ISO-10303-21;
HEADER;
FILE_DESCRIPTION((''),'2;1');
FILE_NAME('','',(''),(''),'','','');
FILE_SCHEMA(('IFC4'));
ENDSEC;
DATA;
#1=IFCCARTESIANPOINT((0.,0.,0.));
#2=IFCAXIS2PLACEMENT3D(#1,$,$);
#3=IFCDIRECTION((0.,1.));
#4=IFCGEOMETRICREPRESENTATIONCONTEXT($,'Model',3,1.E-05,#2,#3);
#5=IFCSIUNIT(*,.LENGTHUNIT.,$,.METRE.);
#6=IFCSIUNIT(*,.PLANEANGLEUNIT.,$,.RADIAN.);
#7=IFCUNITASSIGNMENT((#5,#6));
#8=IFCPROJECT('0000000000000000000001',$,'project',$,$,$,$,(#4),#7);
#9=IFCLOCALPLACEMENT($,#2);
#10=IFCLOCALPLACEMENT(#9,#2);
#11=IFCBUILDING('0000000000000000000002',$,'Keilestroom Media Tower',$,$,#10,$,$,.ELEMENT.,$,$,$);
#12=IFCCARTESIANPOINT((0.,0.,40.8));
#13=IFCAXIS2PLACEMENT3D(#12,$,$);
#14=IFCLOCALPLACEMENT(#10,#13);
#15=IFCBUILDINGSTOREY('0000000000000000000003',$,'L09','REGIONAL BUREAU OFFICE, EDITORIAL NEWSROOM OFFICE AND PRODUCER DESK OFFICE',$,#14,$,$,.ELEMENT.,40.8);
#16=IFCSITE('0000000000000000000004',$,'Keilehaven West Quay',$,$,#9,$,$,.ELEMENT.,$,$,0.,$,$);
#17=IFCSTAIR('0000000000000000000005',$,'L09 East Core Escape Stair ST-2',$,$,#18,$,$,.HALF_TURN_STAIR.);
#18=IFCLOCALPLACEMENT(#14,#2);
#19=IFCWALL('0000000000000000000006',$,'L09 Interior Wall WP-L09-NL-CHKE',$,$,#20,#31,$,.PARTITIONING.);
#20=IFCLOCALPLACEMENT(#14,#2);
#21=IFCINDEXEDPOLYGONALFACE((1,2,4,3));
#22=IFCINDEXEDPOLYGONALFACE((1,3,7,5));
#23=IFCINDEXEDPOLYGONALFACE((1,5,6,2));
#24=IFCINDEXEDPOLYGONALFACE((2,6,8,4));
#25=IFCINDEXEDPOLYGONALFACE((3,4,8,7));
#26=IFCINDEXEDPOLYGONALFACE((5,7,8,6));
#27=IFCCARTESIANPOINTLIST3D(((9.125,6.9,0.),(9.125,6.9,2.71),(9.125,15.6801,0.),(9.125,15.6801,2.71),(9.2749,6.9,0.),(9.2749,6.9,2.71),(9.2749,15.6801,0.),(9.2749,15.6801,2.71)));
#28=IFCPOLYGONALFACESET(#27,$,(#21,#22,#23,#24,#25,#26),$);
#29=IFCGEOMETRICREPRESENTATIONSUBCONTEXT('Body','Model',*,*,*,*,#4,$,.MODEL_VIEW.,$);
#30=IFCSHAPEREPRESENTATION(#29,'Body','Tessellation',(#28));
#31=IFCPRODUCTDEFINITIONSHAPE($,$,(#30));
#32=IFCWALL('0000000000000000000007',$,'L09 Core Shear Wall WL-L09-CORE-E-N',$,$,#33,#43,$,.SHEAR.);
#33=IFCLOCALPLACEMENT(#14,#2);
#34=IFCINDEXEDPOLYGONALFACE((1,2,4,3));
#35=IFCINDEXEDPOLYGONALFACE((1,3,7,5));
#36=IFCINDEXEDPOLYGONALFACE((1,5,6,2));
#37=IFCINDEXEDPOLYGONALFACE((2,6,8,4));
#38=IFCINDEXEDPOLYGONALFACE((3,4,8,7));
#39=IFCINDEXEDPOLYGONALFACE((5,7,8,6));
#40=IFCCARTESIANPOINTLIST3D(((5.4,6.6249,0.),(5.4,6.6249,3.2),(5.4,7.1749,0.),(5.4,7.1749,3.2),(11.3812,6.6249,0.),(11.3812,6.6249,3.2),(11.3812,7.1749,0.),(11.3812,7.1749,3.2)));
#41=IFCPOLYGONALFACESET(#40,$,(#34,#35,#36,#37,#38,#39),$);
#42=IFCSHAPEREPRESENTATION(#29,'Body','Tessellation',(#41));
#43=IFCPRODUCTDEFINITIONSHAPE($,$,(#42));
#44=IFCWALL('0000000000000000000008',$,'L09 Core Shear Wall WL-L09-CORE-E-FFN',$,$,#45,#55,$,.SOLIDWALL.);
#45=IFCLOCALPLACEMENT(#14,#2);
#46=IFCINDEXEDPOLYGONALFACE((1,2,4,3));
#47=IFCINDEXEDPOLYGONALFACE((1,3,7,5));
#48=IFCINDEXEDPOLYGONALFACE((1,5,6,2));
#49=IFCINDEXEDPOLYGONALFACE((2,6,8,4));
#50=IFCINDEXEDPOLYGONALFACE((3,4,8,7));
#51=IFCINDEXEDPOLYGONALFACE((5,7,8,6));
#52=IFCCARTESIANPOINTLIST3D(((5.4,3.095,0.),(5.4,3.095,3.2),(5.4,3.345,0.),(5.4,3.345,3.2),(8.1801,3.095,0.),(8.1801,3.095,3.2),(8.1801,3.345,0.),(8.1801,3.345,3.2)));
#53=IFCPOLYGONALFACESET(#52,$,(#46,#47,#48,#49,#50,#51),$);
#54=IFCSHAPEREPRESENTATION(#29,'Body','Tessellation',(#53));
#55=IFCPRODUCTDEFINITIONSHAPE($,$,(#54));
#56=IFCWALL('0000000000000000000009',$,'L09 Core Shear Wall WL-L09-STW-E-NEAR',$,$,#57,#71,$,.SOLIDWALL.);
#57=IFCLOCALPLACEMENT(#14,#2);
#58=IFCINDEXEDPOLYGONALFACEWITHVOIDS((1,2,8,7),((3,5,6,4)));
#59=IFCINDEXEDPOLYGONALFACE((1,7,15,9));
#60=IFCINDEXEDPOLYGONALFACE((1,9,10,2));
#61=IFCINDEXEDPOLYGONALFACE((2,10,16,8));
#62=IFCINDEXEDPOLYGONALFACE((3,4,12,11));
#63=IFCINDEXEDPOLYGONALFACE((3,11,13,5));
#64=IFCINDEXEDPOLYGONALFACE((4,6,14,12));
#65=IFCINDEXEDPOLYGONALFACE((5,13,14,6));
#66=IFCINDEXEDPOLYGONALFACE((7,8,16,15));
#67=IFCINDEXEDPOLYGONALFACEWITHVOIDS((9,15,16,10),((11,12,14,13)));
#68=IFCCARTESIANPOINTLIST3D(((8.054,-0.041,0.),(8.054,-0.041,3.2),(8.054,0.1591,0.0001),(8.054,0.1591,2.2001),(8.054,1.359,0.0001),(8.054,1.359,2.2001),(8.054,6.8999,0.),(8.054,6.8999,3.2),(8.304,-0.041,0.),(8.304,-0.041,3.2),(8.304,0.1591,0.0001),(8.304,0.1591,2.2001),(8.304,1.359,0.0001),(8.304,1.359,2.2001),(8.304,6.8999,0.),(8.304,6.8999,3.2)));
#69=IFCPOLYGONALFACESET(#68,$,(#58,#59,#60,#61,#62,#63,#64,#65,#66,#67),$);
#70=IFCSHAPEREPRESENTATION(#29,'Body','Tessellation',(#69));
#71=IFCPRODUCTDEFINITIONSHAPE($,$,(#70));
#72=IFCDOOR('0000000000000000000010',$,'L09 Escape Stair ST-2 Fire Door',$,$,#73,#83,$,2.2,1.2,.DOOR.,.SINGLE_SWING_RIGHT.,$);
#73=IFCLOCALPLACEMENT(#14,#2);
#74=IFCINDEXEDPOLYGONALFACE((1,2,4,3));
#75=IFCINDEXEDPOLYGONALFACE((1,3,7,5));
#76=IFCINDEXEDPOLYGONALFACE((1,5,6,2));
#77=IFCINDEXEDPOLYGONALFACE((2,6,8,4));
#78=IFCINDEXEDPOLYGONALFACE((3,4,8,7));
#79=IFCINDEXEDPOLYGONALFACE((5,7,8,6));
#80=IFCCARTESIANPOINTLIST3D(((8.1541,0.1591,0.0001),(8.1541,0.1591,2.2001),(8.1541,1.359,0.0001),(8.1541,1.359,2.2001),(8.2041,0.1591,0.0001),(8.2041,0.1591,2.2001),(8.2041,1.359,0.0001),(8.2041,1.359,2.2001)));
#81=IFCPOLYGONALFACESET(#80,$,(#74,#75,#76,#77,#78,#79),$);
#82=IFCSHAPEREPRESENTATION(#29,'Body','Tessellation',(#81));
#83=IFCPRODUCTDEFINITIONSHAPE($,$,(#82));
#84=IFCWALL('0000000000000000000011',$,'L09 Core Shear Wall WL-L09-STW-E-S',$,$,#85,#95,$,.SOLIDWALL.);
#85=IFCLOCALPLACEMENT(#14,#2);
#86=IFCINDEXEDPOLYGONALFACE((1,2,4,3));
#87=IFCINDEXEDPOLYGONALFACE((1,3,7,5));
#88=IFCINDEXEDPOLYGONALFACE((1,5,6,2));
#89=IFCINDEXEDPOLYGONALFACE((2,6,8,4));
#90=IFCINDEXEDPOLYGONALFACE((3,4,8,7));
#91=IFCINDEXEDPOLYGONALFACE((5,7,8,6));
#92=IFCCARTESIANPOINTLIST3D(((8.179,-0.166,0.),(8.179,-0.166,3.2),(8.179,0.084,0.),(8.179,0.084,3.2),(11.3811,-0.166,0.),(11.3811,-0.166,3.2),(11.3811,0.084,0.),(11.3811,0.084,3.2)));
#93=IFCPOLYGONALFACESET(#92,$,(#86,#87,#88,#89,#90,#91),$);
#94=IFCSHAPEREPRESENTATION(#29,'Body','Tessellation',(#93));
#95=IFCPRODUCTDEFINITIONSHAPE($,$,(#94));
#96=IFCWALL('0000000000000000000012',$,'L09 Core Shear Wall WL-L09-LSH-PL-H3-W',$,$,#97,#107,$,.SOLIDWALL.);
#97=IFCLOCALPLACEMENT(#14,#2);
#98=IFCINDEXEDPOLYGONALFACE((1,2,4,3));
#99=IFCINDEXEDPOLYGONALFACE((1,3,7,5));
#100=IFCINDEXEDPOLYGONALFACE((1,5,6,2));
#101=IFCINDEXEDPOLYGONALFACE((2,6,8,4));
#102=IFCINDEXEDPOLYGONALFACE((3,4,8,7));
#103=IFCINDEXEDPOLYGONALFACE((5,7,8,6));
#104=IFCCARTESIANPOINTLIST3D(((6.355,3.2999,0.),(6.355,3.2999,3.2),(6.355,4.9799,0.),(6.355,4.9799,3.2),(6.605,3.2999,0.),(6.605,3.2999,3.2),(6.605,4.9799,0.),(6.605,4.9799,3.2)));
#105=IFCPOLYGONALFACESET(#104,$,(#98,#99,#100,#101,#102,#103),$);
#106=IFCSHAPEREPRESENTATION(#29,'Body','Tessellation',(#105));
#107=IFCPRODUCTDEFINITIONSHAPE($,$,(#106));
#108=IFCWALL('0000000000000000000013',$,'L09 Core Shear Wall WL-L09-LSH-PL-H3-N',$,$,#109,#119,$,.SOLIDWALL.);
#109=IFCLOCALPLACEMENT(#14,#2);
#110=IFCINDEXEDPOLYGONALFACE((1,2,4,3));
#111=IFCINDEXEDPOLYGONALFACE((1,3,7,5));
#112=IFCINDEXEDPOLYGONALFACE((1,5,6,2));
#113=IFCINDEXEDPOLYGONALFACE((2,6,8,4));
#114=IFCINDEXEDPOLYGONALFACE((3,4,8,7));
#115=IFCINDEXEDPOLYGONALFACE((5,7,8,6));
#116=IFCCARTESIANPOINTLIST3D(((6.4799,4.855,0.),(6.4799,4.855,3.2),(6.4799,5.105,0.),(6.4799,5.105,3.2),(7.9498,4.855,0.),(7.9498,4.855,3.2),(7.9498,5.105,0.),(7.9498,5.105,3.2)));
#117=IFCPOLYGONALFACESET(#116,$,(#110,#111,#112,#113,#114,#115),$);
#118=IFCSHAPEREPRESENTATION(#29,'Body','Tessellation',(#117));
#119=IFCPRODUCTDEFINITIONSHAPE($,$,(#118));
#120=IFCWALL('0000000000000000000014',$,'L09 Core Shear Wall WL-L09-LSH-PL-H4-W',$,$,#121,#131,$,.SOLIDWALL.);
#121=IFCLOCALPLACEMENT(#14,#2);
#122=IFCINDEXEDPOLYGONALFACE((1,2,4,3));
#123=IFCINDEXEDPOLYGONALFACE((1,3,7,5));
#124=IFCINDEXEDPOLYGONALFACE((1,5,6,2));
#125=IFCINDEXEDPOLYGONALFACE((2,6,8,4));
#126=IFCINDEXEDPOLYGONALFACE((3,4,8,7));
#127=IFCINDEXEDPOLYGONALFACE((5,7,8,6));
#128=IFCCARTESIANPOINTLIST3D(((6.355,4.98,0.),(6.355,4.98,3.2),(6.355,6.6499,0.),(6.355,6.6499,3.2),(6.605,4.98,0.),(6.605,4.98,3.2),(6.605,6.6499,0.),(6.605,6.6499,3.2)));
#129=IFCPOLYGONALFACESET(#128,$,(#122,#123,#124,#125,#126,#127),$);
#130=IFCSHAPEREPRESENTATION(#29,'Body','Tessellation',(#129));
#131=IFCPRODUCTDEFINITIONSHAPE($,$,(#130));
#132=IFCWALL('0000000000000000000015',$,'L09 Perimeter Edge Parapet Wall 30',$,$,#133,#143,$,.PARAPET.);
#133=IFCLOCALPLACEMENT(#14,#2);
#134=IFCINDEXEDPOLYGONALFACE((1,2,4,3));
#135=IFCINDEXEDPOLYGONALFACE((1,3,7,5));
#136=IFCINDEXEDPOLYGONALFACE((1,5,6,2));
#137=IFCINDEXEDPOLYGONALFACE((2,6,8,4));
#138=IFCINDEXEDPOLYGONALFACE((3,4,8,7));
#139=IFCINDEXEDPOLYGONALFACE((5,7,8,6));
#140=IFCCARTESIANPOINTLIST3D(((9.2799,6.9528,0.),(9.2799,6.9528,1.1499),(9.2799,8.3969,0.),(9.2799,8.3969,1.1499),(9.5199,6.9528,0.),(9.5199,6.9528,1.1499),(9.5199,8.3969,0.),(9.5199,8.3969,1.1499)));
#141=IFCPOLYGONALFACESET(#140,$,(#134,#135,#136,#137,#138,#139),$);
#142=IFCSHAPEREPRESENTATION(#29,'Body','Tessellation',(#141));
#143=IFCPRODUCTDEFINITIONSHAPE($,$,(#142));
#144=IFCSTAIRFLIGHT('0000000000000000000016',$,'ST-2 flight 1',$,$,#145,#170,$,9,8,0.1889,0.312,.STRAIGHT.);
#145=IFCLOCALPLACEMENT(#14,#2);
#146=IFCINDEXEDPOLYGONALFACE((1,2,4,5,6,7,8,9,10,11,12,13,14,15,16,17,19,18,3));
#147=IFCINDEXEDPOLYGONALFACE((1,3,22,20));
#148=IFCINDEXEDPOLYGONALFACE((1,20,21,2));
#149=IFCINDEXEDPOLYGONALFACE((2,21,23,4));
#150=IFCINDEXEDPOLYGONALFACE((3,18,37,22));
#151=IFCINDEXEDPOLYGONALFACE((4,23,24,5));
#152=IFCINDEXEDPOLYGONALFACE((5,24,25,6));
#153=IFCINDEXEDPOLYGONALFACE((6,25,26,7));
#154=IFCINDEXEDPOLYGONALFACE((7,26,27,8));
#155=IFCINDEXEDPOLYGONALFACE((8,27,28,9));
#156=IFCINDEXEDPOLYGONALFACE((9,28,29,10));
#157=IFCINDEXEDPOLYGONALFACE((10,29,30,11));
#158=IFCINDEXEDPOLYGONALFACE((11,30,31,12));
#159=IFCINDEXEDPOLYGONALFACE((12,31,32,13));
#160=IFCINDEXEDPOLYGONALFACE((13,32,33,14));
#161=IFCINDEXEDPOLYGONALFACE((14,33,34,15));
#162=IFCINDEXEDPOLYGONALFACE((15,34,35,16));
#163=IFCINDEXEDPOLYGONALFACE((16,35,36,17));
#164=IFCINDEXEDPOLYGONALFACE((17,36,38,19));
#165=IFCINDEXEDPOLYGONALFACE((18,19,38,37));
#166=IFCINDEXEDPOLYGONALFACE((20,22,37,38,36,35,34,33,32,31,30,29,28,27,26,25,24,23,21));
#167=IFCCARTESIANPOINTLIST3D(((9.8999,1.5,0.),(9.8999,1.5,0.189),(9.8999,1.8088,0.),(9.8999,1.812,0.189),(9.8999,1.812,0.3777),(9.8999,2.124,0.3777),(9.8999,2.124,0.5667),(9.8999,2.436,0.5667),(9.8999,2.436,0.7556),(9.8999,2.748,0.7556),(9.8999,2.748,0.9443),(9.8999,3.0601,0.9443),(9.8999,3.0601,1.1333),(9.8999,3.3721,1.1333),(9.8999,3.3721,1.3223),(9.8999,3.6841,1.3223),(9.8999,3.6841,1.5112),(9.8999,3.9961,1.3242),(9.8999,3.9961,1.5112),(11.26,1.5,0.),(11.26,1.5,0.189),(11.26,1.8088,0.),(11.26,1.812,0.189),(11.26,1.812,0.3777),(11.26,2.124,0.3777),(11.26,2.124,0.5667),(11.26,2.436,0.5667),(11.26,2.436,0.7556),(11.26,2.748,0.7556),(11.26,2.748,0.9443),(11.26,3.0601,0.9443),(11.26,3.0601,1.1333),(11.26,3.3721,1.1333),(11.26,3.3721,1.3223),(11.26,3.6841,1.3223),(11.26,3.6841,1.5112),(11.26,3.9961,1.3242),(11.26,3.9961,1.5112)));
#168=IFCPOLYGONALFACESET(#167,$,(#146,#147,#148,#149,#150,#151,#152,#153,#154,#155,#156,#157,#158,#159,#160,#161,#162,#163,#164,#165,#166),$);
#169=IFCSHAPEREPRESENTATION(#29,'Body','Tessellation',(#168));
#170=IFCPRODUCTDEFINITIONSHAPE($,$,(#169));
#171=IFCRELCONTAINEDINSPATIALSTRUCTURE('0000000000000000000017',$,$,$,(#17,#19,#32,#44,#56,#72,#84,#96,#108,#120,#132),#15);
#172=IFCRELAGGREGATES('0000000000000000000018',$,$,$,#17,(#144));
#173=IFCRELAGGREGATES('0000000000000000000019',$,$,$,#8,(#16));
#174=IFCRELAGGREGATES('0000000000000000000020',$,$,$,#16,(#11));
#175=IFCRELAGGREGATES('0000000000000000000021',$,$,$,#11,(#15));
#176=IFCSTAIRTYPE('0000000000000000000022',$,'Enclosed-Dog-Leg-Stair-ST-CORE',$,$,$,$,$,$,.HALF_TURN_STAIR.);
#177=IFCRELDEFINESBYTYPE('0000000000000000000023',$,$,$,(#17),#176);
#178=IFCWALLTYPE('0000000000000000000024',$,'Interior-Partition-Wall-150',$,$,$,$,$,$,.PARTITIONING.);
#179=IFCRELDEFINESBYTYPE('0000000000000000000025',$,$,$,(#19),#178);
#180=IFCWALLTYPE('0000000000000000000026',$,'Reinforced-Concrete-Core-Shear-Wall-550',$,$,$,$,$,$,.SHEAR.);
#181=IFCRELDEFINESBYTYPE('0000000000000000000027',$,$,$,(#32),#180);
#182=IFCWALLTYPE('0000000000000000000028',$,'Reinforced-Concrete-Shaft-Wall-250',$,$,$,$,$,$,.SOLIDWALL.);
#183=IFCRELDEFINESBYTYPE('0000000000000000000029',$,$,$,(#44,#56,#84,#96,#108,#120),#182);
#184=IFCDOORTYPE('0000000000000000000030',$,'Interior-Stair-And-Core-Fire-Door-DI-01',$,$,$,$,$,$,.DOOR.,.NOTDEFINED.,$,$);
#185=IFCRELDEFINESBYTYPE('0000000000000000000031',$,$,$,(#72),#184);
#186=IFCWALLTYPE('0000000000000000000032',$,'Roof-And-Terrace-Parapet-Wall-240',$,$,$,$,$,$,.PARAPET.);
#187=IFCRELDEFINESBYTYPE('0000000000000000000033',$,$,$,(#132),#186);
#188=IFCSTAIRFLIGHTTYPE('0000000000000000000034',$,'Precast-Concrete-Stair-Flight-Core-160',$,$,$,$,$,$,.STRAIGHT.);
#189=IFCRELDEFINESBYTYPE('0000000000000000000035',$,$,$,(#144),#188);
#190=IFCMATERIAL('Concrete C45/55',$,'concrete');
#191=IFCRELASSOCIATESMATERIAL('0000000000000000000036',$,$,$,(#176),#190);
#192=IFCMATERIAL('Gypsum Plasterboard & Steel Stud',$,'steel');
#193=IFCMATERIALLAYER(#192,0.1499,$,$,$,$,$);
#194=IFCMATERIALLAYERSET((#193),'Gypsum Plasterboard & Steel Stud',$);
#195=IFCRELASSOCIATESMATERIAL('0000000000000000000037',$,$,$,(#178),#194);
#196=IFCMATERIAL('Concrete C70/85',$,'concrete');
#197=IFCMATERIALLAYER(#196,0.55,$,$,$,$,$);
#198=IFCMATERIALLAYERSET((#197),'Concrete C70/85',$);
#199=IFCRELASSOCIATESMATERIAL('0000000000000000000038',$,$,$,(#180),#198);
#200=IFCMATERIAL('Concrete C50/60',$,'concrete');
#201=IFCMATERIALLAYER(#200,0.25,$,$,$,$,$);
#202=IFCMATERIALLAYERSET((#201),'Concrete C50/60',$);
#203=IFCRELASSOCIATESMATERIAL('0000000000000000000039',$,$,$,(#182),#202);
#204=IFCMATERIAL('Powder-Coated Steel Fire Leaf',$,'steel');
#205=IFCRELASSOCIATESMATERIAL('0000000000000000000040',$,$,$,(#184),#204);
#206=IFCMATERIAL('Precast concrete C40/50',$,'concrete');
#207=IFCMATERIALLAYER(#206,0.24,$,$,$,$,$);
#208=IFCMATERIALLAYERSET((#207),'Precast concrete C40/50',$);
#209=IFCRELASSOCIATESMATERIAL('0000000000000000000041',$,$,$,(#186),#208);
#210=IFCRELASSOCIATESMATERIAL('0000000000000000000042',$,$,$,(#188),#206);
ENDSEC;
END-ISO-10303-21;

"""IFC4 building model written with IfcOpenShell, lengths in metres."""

from ifc_helpers import new_model, si_unit, direction, frame, frame_2d, origin, place, context, subcontext, project, spatial, polyline, rectangle, outline, extrude, source, transform, mapped, material, layer, layer_set, type_object, element, fill, aggregate, save


model = new_model("IFC4")

# Units and contexts
model_context = context("Model", 3, precision=1e-05, world=origin(), true_north=direction((0.0, 1.0)))
body_context = subcontext(model_context, "Body", "Model", "MODEL_VIEW")
ifc_project = project(units=[si_unit("LENGTHUNIT", "METRE"), si_unit("PLANEANGLEUNIT", "RADIAN")], contexts=[model_context])

# Site, building, storey
site_placement = place(None, origin())
site = spatial("IfcSite", under=ifc_project, at=site_placement, Name="Keilehaven West Quay", CompositionType="ELEMENT", RefElevation=0.0)
building_placement = place(site_placement, origin())
building = spatial("IfcBuilding", under=site, at=building_placement, Name="Keilestroom Media Tower", CompositionType="ELEMENT")
storey_placement = place(building_placement, frame((0.0, 0.0, 40.8)))
storey = spatial("IfcBuildingStorey", under=building, at=storey_placement, Name="L09", Description="REGIONAL BUREAU OFFICE, EDITORIAL NEWSROOM OFFICE AND PRODUCER DESK OFFICE", CompositionType="ELEMENT", Elevation=40.8)

# Shared definitions
ifc_material_1 = material(Name="Concrete C70/85", Category="concrete")

# Shared definitions
ifc_material_2 = material(Name="Concrete C45/55", Category="concrete")

# Stair
stair_type = type_object("IfcStairType", Name="Enclosed-Dog-Leg-Stair-ST-CORE", PredefinedType="HALF_TURN_STAIR", material=ifc_material_2)
stair_1_placement = place(storey_placement, origin())
stair_1 = element("IfcStair", 1, at=stair_1_placement, inside=storey, type_object=stair_type, Name="L09 East Core Escape Stair ST-2", PredefinedType="HALF_TURN_STAIR")

# Walls
ifc_material_3 = material(Name="Gypsum Plasterboard & Steel Stud", Category="steel")
ifc_layer_1 = layer(ifc_material_3, 0.1499)
ifc_layer_set_1 = layer_set([ifc_layer_1], Name="Gypsum Plasterboard & Steel Stud")
wall_type_1 = type_object("IfcWallType", Name="Interior-Partition-Wall-150", PredefinedType="PARTITIONING", material=ifc_layer_set_1)
wall_1_placement = place(storey_placement, frame((9.2, 6.8999, 0.0), z_axis=(0.0, 0.0, 1.0), x_axis=(0.0, 1.0, 0.0)))
element("IfcWall", 2, at=wall_1_placement, inside=storey, type_object=wall_type_1, Name="L09 Interior Wall WP-L09-NL-CHKE", PredefinedType="PARTITIONING", context=body_context, shape_type="SweptSolid", body=[
    extrude(rectangle(XDim=8.78, YDim=0.1499, at=frame_2d((4.3901, 0.0))), origin(), (0.0, 0.0, 1.0), 2.71),
])
ifc_layer_2 = layer(ifc_material_1, 0.55)
ifc_layer_set_2 = layer_set([ifc_layer_2], Name="Concrete C70/85")
wall_type_2 = type_object("IfcWallType", Name="Reinforced-Concrete-Core-Shear-Wall-550", PredefinedType="SHEAR", material=ifc_layer_set_2)
wall_2_placement = place(storey_placement, frame((5.3999, 6.8999, 0.0), z_axis=(0.0, 0.0, 1.0), x_axis=(1.0, 0.0, 0.0)))
element("IfcWall", 3, at=wall_2_placement, inside=storey, type_object=wall_type_2, Name="L09 Core Shear Wall WL-L09-CORE-E-N", PredefinedType="SHEAR", context=body_context, shape_type="SweptSolid", body=[
    extrude(rectangle(XDim=5.9812, YDim=0.55, at=frame_2d((2.9907, 0.0))), origin(), (0.0, 0.0, 1.0), 3.2),
])
ifc_material_4 = material(Name="Concrete C50/60", Category="concrete")
ifc_layer_3 = layer(ifc_material_4, 0.25)
ifc_layer_set_3 = layer_set([ifc_layer_3], Name="Concrete C50/60")
wall_type_3 = type_object("IfcWallType", Name="Reinforced-Concrete-Shaft-Wall-250", PredefinedType="SOLIDWALL", material=ifc_layer_set_3)
wall_3_placement = place(storey_placement, frame((5.3999, 3.22, 0.0), z_axis=(0.0, 0.0, 1.0), x_axis=(1.0, 0.0, 0.0)))
element("IfcWall", 4, at=wall_3_placement, inside=storey, type_object=wall_type_3, Name="L09 Core Shear Wall WL-L09-CORE-E-FFN", PredefinedType="SOLIDWALL", context=body_context, shape_type="SweptSolid", body=[
    extrude(rectangle(XDim=2.78, YDim=0.25, at=frame_2d((1.3901, 0.0))), origin(), (0.0, 0.0, 1.0), 3.2),
])

# Wall, opening, door
wall_4_placement = place(storey_placement, frame((8.179, -0.041, 0.0), z_axis=(0.0, 0.0, 1.0), x_axis=(0.0, 1.0, 0.0)))
wall_4 = element("IfcWall", 5, at=wall_4_placement, inside=storey, type_object=wall_type_3, Name="L09 Core Shear Wall WL-L09-STW-E-NEAR", PredefinedType="SOLIDWALL", context=body_context, shape_type="SweptSolid", body=[
    extrude(rectangle(XDim=6.9409, YDim=0.25, at=frame_2d((3.4705, 0.0))), origin(), (0.0, 0.0, 1.0), 3.2),
])
opening_placement = place(wall_4_placement, frame((0.2, 0.0, 0.0)))
opening = element("IfcOpeningElement", 6, at=opening_placement, cuts=wall_4, PredefinedType="OPENING", context=body_context, shape_type="SweptSolid", body=[
    extrude(rectangle(XDim=1.2, YDim=2.2, at=frame_2d((0.6001, 1.1001))), frame((0.0, 0.135, 0.0), z_axis=(0.0, -1.0, 0.0), x_axis=(1.0, 0.0, 0.0)), (0.0, 0.0, 1.0), 0.27),
])
ifc_material_5 = material(Name="Powder-Coated Steel Fire Leaf", Category="steel")
door_type = type_object("IfcDoorType", Name="Interior-Stair-And-Core-Fire-Door-DI-01", OperationType="NOTDEFINED", PredefinedType="DOOR", material=ifc_material_5)
shared_shape_1 = source(origin(), body_context, "Body", "SweptSolid", [
    extrude(rectangle(XDim=1.2, YDim=2.2, at=frame_2d((0.6001, 1.1001))), frame((0.0, 0.0249, 0.0), z_axis=(0.0, -1.0, 0.0), x_axis=(1.0, 0.0, 0.0)), (0.0, 0.0, 1.0), 0.05),
])
door_placement = place(opening_placement, origin())
door = element("IfcDoor", 7, at=door_placement, inside=storey, type_object=door_type, Name="L09 Escape Stair ST-2 Fire Door", OperationType="SINGLE_SWING_RIGHT", OverallHeight=2.2, OverallWidth=1.2, PredefinedType="DOOR", context=body_context, shape_type="MappedRepresentation", body=[
    mapped(shared_shape_1, transform((0.0, 0.0, 0.0), x_axis=(1.0, 0.0, 0.0), y_axis=(0.0, 1.0, 0.0), z_axis=(0.0, 0.0, 1.0), scale=1.0)),
])
fill(opening, door)

# Walls
wall_5_placement = place(storey_placement, frame((8.179, -0.041, 0.0), z_axis=(0.0, 0.0, 1.0), x_axis=(1.0, 0.0, 0.0)))
element("IfcWall", 8, at=wall_5_placement, inside=storey, type_object=wall_type_3, Name="L09 Core Shear Wall WL-L09-STW-E-S", PredefinedType="SOLIDWALL", context=body_context, shape_type="SweptSolid", body=[
    extrude(rectangle(XDim=3.2021, YDim=0.25, at=frame_2d((1.6011, 0.0))), origin(), (0.0, 0.0, 1.0), 3.2),
])
wall_6_placement = place(storey_placement, frame((6.48, 3.3, 0.0), z_axis=(0.0, 0.0, 1.0), x_axis=(0.0, 1.0, 0.0)))
element("IfcWall", 9, at=wall_6_placement, inside=storey, type_object=wall_type_3, Name="L09 Core Shear Wall WL-L09-LSH-PL-H3-W", PredefinedType="SOLIDWALL", context=body_context, shape_type="SweptSolid", body=[
    extrude(rectangle(XDim=1.6799, YDim=0.25, at=frame_2d((0.8398, 0.0))), origin(), (0.0, 0.0, 1.0), 3.2),
])
wall_7_placement = place(storey_placement, frame((6.48, 4.98, 0.0), z_axis=(0.0, 0.0, 1.0), x_axis=(1.0, 0.0, 0.0)))
element("IfcWall", 10, at=wall_7_placement, inside=storey, type_object=wall_type_3, Name="L09 Core Shear Wall WL-L09-LSH-PL-H3-N", PredefinedType="SOLIDWALL", context=body_context, shape_type="SweptSolid", body=[
    extrude(rectangle(XDim=1.47, YDim=0.25, at=frame_2d((0.7349, 0.0))), origin(), (0.0, 0.0, 1.0), 3.2),
])
wall_8_placement = place(storey_placement, frame((6.48, 4.98, 0.0), z_axis=(0.0, 0.0, 1.0), x_axis=(0.0, 1.0, 0.0)))
element("IfcWall", 11, at=wall_8_placement, inside=storey, type_object=wall_type_3, Name="L09 Core Shear Wall WL-L09-LSH-PL-H4-W", PredefinedType="SOLIDWALL", context=body_context, shape_type="SweptSolid", body=[
    extrude(rectangle(XDim=1.6699, YDim=0.25, at=frame_2d((0.835, 0.0))), origin(), (0.0, 0.0, 1.0), 3.2),
])
ifc_material_6 = material(Name="Precast concrete C40/50", Category="concrete")
ifc_layer_4 = layer(ifc_material_6, 0.24)
ifc_layer_set_4 = layer_set([ifc_layer_4], Name="Precast concrete C40/50")
wall_type_4 = type_object("IfcWallType", Name="Roof-And-Terrace-Parapet-Wall-240", PredefinedType="PARAPET", material=ifc_layer_set_4)
wall_9_placement = place(storey_placement, frame((9.3999, 8.397, 0.0), z_axis=(0.0, 0.0, 1.0), x_axis=(0.0, -1.0, 0.0)))
element("IfcWall", 12, at=wall_9_placement, inside=storey, type_object=wall_type_4, Name="L09 Perimeter Edge Parapet Wall 30", PredefinedType="PARAPET", context=body_context, shape_type="SweptSolid", body=[
    extrude(rectangle(XDim=1.4441, YDim=0.24, at=frame_2d((0.7222, 0.0))), origin(), (0.0, 0.0, 1.0), 1.1499),
])

# Stair flight
stair_flight_type = type_object("IfcStairFlightType", Name="Precast-Concrete-Stair-Flight-Core-160", PredefinedType="STRAIGHT", material=ifc_material_6)
stair_flight_1_placement = place(storey_placement, frame((10.5801, 1.5, 0.0), z_axis=(0.0, 0.0, 1.0), x_axis=(0.0, 1.0, 0.0)))
stair_flight_1 = element("IfcStairFlight", 13, at=stair_flight_1_placement, type_object=stair_flight_type, Name="ST-2 flight 1", NumberOfRisers=9, NumberOfTreads=8, PredefinedType="STRAIGHT", RiserHeight=0.1889, TreadLength=0.312, context=body_context, shape_type="SweptSolid", body=[
    extrude(outline(polyline([(0.0, 0.0), (0.0, 0.189), (0.312, 0.189), (0.312, 0.3777), (0.624, 0.3777), (0.624, 0.5667), (0.936, 0.5667), (0.936, 0.7556), (1.248, 0.7556), (1.248, 0.9443), (1.5601, 0.9443), (1.5601, 1.1333), (1.8721, 1.1333), (1.8721, 1.3223), (2.1841, 1.3223), (2.1841, 1.5112), (2.4961, 1.5112), (2.4961, 1.7), (2.4961, 1.3242), (0.3088, 0.0), (0.0, 0.0)])), frame((0.0, 0.6802, 0.0), z_axis=(0.0, -1.0, 0.0), x_axis=(1.0, 0.0, 0.0)), (0.0, 0.0, 1.0), 1.3601),
])
aggregate(stair_1, [stair_flight_1])

save(model, "model.ifc")
